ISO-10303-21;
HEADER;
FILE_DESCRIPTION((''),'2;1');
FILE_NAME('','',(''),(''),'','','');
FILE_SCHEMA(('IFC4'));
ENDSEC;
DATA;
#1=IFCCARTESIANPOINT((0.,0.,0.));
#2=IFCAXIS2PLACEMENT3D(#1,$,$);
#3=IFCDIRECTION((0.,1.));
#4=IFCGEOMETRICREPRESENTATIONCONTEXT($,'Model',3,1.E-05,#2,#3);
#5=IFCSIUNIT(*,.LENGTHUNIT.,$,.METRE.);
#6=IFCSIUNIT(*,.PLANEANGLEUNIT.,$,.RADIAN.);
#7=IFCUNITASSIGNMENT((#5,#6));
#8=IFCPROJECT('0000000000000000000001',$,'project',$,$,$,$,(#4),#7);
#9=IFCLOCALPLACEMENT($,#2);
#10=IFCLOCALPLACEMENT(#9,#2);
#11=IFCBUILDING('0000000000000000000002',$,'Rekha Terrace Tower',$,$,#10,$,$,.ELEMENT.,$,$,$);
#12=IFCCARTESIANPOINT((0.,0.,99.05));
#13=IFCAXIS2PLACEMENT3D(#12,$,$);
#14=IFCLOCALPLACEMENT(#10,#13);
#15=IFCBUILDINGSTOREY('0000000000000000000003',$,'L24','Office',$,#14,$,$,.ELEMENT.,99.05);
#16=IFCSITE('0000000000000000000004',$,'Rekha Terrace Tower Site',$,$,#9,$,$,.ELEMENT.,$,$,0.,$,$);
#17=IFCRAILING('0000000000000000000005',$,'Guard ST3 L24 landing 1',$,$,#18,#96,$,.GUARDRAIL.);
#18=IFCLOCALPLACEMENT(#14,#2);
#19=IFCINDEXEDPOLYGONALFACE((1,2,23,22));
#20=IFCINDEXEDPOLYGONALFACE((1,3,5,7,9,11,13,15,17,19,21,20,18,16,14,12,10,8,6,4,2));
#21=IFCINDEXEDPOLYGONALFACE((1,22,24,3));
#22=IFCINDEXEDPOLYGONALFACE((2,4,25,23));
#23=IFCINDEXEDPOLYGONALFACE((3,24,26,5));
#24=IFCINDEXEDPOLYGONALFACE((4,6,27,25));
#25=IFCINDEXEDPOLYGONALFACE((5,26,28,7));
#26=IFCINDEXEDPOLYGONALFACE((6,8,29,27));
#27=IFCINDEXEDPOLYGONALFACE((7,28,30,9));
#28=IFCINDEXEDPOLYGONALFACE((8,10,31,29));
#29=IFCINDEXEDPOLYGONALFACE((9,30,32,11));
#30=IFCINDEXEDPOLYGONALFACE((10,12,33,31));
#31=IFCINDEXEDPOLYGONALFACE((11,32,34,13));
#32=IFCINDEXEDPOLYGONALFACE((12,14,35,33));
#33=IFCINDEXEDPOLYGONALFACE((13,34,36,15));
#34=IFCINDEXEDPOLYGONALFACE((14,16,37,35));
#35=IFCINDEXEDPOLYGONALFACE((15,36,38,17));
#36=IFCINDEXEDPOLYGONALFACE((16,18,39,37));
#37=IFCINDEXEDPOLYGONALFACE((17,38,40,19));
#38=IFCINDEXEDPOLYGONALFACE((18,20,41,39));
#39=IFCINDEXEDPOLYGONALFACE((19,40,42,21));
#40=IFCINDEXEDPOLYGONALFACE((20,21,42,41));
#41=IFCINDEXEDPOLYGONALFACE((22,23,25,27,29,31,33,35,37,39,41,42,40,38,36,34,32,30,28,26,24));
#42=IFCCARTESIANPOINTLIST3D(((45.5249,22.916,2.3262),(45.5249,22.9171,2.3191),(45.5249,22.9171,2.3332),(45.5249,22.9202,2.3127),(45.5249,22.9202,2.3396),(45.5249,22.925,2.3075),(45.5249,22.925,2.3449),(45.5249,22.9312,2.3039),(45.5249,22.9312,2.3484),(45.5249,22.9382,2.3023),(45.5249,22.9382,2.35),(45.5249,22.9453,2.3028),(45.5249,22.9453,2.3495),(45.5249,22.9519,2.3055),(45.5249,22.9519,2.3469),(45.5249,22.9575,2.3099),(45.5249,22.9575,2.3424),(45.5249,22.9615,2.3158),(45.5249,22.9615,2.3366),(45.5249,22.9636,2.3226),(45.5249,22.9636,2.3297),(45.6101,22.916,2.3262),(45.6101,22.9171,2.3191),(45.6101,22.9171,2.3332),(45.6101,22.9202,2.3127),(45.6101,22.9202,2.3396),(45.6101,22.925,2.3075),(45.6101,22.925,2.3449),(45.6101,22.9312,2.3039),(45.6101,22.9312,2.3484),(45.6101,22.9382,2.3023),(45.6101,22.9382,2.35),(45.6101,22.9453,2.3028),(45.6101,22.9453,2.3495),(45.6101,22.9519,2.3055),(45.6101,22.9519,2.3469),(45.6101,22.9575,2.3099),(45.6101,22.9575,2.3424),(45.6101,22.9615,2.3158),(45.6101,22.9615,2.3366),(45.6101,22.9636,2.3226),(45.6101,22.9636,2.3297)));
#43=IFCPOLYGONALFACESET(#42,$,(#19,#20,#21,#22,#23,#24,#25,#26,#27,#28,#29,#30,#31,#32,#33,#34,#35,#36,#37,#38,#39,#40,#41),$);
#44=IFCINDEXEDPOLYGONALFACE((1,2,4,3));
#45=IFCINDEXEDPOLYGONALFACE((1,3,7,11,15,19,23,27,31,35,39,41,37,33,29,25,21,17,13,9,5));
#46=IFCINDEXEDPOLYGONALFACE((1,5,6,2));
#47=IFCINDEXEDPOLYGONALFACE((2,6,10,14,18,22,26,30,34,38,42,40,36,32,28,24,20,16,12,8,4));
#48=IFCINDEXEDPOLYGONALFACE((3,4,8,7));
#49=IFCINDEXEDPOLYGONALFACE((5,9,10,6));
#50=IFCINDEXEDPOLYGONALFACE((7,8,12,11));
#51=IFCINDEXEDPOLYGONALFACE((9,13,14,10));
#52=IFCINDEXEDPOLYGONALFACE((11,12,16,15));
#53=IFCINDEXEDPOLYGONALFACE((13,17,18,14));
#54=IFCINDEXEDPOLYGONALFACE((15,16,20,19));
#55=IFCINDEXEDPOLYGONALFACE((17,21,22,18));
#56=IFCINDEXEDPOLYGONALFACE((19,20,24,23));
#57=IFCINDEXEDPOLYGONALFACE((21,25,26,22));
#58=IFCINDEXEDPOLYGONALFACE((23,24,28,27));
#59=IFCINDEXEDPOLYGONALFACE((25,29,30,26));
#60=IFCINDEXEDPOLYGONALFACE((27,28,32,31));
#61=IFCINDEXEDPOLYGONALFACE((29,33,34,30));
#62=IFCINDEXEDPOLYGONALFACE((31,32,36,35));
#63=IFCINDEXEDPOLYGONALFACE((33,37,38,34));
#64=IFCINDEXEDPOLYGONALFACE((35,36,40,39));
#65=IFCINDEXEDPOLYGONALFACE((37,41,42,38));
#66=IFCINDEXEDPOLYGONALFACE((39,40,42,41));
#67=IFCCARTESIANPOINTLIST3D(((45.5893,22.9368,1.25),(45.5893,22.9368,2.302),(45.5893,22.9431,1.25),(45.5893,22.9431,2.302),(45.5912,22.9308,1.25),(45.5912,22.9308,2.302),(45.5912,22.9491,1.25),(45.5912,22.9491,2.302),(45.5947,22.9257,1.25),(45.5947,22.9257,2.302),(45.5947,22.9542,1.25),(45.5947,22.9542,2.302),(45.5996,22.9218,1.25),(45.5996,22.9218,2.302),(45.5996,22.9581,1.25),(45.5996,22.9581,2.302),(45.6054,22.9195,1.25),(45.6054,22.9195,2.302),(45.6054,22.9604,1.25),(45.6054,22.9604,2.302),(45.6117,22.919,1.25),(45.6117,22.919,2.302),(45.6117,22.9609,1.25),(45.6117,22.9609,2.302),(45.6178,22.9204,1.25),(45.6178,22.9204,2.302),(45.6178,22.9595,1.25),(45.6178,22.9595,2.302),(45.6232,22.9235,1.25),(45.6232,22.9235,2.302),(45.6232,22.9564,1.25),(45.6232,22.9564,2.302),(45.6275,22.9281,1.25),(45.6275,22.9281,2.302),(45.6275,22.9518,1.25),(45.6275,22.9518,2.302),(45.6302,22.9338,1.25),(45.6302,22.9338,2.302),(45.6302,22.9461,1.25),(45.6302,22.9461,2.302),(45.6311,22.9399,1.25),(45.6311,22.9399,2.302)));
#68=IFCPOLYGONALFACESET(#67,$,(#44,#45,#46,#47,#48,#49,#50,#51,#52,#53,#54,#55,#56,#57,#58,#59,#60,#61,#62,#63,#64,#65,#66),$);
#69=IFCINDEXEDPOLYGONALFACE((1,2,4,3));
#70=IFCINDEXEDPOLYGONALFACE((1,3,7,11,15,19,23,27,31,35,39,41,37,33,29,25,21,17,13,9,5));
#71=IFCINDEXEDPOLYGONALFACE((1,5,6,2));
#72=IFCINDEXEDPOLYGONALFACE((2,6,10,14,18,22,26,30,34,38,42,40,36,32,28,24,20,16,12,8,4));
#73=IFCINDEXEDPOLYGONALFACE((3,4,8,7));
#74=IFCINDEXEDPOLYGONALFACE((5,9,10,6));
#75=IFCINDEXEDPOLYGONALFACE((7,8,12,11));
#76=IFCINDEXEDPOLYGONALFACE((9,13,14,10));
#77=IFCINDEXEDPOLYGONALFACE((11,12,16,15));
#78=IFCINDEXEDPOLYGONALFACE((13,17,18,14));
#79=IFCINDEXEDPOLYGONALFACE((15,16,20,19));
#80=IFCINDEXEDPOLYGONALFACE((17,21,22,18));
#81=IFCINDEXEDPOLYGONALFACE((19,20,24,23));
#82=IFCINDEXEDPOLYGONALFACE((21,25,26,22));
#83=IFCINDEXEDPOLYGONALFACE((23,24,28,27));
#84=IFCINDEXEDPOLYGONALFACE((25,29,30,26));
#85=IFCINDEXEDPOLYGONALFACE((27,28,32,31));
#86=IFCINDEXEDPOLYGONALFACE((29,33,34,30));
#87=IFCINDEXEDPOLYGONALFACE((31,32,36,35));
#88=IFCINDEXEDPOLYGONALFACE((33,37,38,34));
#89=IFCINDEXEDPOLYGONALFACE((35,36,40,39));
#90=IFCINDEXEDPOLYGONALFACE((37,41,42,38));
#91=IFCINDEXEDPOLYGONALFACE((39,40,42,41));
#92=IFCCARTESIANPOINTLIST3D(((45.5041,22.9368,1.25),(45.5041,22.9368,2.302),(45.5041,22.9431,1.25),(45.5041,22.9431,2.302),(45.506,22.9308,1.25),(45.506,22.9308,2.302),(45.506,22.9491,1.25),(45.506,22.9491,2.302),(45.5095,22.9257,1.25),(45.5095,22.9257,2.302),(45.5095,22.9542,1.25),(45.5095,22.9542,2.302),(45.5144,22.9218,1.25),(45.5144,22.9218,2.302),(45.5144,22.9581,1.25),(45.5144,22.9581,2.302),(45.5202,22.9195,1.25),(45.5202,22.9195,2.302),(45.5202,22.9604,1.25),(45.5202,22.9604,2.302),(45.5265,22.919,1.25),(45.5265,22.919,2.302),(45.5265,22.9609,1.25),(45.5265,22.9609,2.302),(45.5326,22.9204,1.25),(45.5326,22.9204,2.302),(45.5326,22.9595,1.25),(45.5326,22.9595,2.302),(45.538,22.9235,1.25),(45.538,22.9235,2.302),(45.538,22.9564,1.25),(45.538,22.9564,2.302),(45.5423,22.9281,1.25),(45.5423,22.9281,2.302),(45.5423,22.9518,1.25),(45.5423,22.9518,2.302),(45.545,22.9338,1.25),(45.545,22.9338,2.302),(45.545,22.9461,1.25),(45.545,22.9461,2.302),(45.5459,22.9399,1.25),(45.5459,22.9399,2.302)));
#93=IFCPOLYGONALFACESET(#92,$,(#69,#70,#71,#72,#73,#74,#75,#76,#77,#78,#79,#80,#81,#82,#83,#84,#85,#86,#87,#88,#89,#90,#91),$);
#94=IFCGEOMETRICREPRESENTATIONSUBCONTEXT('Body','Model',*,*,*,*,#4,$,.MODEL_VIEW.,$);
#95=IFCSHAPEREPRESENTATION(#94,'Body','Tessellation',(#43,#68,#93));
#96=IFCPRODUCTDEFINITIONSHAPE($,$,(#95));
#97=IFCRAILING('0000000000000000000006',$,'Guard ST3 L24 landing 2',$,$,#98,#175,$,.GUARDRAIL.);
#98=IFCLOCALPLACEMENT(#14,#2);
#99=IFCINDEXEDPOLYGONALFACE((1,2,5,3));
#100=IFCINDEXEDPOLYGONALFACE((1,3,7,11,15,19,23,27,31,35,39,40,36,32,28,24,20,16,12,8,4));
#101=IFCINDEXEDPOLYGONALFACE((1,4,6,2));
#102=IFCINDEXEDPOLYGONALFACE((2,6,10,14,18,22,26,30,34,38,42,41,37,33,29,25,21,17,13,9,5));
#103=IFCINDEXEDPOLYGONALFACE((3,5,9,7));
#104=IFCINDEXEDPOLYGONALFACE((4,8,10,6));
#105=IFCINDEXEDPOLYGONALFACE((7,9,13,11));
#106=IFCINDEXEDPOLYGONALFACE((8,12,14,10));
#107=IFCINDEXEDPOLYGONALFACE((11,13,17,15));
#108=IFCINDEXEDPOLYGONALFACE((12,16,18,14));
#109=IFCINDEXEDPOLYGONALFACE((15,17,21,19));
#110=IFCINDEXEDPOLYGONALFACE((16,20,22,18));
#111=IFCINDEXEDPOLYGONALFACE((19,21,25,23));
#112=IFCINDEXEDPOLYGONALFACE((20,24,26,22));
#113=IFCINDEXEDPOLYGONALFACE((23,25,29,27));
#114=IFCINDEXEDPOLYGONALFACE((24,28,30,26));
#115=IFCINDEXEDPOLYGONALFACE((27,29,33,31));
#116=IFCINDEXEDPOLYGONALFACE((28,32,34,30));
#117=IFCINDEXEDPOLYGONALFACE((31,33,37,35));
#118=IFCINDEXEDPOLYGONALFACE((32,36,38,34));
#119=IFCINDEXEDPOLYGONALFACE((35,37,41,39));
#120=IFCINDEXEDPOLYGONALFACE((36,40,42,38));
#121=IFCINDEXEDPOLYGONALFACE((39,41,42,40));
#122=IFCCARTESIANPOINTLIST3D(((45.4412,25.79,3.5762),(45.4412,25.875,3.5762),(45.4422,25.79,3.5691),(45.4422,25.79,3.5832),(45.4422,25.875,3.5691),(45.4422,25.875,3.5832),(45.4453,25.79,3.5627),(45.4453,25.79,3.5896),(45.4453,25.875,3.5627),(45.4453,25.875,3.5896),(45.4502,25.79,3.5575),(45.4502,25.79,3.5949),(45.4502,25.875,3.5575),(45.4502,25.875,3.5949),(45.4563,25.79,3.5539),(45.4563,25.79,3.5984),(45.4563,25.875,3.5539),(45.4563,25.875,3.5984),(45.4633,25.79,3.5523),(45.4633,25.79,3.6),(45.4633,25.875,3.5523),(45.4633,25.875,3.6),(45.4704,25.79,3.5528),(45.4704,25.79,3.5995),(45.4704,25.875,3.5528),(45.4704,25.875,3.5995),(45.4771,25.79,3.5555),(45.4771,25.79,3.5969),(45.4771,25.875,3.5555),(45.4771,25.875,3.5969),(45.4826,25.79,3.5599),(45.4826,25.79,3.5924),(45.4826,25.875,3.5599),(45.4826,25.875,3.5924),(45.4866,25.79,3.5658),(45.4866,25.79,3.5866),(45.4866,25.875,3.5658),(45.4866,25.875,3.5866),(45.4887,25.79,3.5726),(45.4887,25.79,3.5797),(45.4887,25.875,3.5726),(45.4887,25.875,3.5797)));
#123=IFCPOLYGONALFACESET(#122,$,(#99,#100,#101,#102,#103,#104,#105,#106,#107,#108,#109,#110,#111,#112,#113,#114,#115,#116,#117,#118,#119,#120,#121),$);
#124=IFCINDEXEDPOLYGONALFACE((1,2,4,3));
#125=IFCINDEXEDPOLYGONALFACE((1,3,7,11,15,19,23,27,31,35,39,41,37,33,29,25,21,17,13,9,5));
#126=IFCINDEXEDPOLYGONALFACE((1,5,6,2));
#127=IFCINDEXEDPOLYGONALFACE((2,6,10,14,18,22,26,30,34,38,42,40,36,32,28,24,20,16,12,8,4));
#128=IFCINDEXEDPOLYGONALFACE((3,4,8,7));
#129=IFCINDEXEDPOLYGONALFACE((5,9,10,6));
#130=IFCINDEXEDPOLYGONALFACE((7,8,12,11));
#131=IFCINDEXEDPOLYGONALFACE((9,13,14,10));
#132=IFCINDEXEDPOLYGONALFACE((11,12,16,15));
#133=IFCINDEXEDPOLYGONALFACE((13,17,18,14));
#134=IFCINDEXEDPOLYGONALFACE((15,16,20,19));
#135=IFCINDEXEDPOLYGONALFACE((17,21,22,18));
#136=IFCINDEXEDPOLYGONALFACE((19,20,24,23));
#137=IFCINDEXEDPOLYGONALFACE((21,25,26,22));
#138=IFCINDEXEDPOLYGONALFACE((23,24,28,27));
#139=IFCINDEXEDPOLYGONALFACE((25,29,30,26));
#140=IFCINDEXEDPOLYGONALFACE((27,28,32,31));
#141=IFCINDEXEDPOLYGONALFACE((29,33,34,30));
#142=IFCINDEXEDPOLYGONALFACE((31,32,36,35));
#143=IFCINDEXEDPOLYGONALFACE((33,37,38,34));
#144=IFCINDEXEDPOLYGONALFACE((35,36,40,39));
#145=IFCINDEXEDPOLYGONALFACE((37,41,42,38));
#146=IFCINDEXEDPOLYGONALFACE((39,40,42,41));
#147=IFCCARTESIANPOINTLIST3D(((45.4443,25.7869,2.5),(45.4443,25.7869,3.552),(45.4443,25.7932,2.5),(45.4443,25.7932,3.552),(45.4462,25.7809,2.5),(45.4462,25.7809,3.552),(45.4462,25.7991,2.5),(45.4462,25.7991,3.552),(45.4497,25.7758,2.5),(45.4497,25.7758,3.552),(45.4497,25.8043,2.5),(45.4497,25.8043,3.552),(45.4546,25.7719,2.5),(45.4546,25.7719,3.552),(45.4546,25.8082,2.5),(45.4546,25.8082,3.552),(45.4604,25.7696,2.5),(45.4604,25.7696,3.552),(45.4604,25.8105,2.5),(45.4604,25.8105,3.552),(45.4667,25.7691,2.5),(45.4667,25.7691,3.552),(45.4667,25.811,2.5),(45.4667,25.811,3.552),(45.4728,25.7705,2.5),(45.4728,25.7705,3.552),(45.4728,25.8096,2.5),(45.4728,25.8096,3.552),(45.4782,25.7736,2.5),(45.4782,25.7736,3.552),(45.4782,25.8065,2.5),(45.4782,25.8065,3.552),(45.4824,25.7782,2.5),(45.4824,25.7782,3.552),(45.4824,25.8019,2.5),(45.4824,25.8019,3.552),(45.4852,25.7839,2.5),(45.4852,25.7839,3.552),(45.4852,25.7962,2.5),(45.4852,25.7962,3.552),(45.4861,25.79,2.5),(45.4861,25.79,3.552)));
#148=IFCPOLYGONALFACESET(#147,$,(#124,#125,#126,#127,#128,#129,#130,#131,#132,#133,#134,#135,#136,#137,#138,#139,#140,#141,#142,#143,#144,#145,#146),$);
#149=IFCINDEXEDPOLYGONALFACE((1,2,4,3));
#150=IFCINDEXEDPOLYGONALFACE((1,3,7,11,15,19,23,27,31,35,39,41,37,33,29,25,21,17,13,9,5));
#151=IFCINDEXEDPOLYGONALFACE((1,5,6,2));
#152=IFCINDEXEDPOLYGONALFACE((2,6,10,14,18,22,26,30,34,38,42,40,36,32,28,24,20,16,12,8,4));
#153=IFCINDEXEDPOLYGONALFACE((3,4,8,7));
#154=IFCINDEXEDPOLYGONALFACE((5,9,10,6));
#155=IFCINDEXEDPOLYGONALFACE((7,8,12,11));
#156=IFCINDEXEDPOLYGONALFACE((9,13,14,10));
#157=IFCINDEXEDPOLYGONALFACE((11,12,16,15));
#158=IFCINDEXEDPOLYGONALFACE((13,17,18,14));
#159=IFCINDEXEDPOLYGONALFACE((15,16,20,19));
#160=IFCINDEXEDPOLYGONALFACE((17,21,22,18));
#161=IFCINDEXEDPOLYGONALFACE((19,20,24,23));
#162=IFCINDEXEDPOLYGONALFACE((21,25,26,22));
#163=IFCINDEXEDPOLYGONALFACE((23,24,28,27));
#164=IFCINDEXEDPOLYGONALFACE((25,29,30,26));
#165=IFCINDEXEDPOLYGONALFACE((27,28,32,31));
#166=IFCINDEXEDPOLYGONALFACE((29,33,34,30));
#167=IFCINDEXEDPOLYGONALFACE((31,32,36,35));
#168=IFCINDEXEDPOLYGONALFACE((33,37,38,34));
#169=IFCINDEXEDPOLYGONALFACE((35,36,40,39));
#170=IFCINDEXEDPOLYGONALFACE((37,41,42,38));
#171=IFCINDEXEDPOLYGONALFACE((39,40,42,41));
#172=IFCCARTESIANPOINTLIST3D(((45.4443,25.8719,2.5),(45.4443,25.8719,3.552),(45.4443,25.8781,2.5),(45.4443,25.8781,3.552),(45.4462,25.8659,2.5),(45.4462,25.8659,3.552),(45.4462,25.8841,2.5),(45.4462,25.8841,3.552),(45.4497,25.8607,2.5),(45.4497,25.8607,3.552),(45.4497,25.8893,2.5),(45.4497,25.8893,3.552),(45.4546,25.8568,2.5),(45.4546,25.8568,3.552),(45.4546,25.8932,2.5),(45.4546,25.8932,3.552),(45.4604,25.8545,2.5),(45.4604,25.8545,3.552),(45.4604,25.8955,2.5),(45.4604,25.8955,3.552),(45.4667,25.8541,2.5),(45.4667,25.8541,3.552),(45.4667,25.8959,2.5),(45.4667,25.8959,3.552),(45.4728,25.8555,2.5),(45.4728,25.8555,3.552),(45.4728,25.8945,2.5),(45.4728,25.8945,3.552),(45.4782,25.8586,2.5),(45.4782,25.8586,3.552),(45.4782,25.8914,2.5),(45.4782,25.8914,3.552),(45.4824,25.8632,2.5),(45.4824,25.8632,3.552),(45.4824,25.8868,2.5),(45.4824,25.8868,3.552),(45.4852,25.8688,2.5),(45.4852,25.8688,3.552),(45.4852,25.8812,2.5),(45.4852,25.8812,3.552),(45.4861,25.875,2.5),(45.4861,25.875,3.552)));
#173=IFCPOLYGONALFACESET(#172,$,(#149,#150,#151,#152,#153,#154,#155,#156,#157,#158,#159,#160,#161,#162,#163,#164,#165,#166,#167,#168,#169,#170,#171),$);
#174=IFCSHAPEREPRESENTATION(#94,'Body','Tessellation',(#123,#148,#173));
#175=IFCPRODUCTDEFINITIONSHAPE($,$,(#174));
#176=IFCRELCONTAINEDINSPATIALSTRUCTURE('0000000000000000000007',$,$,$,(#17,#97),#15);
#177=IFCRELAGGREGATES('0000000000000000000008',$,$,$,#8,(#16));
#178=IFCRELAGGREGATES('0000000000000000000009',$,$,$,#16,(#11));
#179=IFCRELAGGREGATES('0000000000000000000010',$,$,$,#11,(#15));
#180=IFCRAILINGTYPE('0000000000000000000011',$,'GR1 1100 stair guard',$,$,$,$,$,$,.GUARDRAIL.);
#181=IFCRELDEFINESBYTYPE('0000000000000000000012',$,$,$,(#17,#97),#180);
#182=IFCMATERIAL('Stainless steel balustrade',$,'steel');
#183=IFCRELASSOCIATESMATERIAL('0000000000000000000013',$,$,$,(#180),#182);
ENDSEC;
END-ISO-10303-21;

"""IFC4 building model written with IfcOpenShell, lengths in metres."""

from ifc_helpers import new_model, si_unit, direction, frame, origin, origin_2d, place, context, subcontext, project, spatial, circle, extrude, material, type_object, element, save


model = new_model("IFC4")

# Units and contexts
model_context = context("Model", 3, precision=1e-05, world=origin(), true_north=direction((0.0, 1.0)))
body_context = subcontext(model_context, "Body", "Model", "MODEL_VIEW")
ifc_project = project(units=[si_unit("LENGTHUNIT", "METRE"), si_unit("PLANEANGLEUNIT", "RADIAN")], contexts=[model_context])

# Site, building, storey
site_placement = place(None, origin())
site = spatial("IfcSite", under=ifc_project, at=site_placement, Name="Rekha Terrace Tower Site", CompositionType="ELEMENT", RefElevation=0.0)
building_placement = place(site_placement, origin())
building = spatial("IfcBuilding", under=site, at=building_placement, Name="Rekha Terrace Tower", CompositionType="ELEMENT")
storey_placement = place(building_placement, frame((0.0, 0.0, 99.05)))
storey = spatial("IfcBuildingStorey", under=building, at=storey_placement, Name="L24", Description="Office", CompositionType="ELEMENT", Elevation=99.05)

# Railings
ifc_material_1 = material(Name="Stainless steel balustrade", Category="steel")
railing_type_1 = type_object("IfcRailingType", Name="GR1 1100 stair guard", PredefinedType="GUARDRAIL", material=ifc_material_1)
railing_1_placement = place(storey_placement, frame((45.6101, 22.9399, 1.25)))
element("IfcRailing", 1, at=railing_1_placement, inside=storey, type_object=railing_type_1, Name="Guard ST3 L24 landing 1", PredefinedType="GUARDRAIL", context=body_context, shape_type="SweptSolid", body=[
    extrude(circle(Radius=0.0239, at=origin_2d()), frame((0.0, 0.0, 1.0762), z_axis=(-1.0, 0.0, 0.0), x_axis=(0.0, -1.0, 0.0)), (0.0, 0.0, 1.0), 0.0852),
    extrude(circle(Radius=0.021, at=origin_2d()), origin(), (0.0, 0.0, 1.0), 1.052),
    extrude(circle(Radius=0.021, at=origin_2d()), frame((-0.0852, 0.0, 0.0)), (0.0, 0.0, 1.0), 1.052),
])
railing_2_placement = place(storey_placement, frame((45.4651, 25.79, 2.5)))
element("IfcRailing", 2, at=railing_2_placement, inside=storey, type_object=railing_type_1, Name="Guard ST3 L24 landing 2", PredefinedType="GUARDRAIL", context=body_context, shape_type="SweptSolid", body=[
    extrude(circle(Radius=0.0239, at=origin_2d()), frame((0.0, 0.0, 1.0762), z_axis=(0.0, 1.0, 0.0), x_axis=(-1.0, 0.0, 0.0)), (0.0, 0.0, 1.0), 0.085),
    extrude(circle(Radius=0.021, at=origin_2d()), origin(), (0.0, 0.0, 1.0), 1.052),
    extrude(circle(Radius=0.021, at=origin_2d()), frame((0.0, 0.085, 0.0)), (0.0, 0.0, 1.0), 1.052),
])

save(model, "model.ifc")
